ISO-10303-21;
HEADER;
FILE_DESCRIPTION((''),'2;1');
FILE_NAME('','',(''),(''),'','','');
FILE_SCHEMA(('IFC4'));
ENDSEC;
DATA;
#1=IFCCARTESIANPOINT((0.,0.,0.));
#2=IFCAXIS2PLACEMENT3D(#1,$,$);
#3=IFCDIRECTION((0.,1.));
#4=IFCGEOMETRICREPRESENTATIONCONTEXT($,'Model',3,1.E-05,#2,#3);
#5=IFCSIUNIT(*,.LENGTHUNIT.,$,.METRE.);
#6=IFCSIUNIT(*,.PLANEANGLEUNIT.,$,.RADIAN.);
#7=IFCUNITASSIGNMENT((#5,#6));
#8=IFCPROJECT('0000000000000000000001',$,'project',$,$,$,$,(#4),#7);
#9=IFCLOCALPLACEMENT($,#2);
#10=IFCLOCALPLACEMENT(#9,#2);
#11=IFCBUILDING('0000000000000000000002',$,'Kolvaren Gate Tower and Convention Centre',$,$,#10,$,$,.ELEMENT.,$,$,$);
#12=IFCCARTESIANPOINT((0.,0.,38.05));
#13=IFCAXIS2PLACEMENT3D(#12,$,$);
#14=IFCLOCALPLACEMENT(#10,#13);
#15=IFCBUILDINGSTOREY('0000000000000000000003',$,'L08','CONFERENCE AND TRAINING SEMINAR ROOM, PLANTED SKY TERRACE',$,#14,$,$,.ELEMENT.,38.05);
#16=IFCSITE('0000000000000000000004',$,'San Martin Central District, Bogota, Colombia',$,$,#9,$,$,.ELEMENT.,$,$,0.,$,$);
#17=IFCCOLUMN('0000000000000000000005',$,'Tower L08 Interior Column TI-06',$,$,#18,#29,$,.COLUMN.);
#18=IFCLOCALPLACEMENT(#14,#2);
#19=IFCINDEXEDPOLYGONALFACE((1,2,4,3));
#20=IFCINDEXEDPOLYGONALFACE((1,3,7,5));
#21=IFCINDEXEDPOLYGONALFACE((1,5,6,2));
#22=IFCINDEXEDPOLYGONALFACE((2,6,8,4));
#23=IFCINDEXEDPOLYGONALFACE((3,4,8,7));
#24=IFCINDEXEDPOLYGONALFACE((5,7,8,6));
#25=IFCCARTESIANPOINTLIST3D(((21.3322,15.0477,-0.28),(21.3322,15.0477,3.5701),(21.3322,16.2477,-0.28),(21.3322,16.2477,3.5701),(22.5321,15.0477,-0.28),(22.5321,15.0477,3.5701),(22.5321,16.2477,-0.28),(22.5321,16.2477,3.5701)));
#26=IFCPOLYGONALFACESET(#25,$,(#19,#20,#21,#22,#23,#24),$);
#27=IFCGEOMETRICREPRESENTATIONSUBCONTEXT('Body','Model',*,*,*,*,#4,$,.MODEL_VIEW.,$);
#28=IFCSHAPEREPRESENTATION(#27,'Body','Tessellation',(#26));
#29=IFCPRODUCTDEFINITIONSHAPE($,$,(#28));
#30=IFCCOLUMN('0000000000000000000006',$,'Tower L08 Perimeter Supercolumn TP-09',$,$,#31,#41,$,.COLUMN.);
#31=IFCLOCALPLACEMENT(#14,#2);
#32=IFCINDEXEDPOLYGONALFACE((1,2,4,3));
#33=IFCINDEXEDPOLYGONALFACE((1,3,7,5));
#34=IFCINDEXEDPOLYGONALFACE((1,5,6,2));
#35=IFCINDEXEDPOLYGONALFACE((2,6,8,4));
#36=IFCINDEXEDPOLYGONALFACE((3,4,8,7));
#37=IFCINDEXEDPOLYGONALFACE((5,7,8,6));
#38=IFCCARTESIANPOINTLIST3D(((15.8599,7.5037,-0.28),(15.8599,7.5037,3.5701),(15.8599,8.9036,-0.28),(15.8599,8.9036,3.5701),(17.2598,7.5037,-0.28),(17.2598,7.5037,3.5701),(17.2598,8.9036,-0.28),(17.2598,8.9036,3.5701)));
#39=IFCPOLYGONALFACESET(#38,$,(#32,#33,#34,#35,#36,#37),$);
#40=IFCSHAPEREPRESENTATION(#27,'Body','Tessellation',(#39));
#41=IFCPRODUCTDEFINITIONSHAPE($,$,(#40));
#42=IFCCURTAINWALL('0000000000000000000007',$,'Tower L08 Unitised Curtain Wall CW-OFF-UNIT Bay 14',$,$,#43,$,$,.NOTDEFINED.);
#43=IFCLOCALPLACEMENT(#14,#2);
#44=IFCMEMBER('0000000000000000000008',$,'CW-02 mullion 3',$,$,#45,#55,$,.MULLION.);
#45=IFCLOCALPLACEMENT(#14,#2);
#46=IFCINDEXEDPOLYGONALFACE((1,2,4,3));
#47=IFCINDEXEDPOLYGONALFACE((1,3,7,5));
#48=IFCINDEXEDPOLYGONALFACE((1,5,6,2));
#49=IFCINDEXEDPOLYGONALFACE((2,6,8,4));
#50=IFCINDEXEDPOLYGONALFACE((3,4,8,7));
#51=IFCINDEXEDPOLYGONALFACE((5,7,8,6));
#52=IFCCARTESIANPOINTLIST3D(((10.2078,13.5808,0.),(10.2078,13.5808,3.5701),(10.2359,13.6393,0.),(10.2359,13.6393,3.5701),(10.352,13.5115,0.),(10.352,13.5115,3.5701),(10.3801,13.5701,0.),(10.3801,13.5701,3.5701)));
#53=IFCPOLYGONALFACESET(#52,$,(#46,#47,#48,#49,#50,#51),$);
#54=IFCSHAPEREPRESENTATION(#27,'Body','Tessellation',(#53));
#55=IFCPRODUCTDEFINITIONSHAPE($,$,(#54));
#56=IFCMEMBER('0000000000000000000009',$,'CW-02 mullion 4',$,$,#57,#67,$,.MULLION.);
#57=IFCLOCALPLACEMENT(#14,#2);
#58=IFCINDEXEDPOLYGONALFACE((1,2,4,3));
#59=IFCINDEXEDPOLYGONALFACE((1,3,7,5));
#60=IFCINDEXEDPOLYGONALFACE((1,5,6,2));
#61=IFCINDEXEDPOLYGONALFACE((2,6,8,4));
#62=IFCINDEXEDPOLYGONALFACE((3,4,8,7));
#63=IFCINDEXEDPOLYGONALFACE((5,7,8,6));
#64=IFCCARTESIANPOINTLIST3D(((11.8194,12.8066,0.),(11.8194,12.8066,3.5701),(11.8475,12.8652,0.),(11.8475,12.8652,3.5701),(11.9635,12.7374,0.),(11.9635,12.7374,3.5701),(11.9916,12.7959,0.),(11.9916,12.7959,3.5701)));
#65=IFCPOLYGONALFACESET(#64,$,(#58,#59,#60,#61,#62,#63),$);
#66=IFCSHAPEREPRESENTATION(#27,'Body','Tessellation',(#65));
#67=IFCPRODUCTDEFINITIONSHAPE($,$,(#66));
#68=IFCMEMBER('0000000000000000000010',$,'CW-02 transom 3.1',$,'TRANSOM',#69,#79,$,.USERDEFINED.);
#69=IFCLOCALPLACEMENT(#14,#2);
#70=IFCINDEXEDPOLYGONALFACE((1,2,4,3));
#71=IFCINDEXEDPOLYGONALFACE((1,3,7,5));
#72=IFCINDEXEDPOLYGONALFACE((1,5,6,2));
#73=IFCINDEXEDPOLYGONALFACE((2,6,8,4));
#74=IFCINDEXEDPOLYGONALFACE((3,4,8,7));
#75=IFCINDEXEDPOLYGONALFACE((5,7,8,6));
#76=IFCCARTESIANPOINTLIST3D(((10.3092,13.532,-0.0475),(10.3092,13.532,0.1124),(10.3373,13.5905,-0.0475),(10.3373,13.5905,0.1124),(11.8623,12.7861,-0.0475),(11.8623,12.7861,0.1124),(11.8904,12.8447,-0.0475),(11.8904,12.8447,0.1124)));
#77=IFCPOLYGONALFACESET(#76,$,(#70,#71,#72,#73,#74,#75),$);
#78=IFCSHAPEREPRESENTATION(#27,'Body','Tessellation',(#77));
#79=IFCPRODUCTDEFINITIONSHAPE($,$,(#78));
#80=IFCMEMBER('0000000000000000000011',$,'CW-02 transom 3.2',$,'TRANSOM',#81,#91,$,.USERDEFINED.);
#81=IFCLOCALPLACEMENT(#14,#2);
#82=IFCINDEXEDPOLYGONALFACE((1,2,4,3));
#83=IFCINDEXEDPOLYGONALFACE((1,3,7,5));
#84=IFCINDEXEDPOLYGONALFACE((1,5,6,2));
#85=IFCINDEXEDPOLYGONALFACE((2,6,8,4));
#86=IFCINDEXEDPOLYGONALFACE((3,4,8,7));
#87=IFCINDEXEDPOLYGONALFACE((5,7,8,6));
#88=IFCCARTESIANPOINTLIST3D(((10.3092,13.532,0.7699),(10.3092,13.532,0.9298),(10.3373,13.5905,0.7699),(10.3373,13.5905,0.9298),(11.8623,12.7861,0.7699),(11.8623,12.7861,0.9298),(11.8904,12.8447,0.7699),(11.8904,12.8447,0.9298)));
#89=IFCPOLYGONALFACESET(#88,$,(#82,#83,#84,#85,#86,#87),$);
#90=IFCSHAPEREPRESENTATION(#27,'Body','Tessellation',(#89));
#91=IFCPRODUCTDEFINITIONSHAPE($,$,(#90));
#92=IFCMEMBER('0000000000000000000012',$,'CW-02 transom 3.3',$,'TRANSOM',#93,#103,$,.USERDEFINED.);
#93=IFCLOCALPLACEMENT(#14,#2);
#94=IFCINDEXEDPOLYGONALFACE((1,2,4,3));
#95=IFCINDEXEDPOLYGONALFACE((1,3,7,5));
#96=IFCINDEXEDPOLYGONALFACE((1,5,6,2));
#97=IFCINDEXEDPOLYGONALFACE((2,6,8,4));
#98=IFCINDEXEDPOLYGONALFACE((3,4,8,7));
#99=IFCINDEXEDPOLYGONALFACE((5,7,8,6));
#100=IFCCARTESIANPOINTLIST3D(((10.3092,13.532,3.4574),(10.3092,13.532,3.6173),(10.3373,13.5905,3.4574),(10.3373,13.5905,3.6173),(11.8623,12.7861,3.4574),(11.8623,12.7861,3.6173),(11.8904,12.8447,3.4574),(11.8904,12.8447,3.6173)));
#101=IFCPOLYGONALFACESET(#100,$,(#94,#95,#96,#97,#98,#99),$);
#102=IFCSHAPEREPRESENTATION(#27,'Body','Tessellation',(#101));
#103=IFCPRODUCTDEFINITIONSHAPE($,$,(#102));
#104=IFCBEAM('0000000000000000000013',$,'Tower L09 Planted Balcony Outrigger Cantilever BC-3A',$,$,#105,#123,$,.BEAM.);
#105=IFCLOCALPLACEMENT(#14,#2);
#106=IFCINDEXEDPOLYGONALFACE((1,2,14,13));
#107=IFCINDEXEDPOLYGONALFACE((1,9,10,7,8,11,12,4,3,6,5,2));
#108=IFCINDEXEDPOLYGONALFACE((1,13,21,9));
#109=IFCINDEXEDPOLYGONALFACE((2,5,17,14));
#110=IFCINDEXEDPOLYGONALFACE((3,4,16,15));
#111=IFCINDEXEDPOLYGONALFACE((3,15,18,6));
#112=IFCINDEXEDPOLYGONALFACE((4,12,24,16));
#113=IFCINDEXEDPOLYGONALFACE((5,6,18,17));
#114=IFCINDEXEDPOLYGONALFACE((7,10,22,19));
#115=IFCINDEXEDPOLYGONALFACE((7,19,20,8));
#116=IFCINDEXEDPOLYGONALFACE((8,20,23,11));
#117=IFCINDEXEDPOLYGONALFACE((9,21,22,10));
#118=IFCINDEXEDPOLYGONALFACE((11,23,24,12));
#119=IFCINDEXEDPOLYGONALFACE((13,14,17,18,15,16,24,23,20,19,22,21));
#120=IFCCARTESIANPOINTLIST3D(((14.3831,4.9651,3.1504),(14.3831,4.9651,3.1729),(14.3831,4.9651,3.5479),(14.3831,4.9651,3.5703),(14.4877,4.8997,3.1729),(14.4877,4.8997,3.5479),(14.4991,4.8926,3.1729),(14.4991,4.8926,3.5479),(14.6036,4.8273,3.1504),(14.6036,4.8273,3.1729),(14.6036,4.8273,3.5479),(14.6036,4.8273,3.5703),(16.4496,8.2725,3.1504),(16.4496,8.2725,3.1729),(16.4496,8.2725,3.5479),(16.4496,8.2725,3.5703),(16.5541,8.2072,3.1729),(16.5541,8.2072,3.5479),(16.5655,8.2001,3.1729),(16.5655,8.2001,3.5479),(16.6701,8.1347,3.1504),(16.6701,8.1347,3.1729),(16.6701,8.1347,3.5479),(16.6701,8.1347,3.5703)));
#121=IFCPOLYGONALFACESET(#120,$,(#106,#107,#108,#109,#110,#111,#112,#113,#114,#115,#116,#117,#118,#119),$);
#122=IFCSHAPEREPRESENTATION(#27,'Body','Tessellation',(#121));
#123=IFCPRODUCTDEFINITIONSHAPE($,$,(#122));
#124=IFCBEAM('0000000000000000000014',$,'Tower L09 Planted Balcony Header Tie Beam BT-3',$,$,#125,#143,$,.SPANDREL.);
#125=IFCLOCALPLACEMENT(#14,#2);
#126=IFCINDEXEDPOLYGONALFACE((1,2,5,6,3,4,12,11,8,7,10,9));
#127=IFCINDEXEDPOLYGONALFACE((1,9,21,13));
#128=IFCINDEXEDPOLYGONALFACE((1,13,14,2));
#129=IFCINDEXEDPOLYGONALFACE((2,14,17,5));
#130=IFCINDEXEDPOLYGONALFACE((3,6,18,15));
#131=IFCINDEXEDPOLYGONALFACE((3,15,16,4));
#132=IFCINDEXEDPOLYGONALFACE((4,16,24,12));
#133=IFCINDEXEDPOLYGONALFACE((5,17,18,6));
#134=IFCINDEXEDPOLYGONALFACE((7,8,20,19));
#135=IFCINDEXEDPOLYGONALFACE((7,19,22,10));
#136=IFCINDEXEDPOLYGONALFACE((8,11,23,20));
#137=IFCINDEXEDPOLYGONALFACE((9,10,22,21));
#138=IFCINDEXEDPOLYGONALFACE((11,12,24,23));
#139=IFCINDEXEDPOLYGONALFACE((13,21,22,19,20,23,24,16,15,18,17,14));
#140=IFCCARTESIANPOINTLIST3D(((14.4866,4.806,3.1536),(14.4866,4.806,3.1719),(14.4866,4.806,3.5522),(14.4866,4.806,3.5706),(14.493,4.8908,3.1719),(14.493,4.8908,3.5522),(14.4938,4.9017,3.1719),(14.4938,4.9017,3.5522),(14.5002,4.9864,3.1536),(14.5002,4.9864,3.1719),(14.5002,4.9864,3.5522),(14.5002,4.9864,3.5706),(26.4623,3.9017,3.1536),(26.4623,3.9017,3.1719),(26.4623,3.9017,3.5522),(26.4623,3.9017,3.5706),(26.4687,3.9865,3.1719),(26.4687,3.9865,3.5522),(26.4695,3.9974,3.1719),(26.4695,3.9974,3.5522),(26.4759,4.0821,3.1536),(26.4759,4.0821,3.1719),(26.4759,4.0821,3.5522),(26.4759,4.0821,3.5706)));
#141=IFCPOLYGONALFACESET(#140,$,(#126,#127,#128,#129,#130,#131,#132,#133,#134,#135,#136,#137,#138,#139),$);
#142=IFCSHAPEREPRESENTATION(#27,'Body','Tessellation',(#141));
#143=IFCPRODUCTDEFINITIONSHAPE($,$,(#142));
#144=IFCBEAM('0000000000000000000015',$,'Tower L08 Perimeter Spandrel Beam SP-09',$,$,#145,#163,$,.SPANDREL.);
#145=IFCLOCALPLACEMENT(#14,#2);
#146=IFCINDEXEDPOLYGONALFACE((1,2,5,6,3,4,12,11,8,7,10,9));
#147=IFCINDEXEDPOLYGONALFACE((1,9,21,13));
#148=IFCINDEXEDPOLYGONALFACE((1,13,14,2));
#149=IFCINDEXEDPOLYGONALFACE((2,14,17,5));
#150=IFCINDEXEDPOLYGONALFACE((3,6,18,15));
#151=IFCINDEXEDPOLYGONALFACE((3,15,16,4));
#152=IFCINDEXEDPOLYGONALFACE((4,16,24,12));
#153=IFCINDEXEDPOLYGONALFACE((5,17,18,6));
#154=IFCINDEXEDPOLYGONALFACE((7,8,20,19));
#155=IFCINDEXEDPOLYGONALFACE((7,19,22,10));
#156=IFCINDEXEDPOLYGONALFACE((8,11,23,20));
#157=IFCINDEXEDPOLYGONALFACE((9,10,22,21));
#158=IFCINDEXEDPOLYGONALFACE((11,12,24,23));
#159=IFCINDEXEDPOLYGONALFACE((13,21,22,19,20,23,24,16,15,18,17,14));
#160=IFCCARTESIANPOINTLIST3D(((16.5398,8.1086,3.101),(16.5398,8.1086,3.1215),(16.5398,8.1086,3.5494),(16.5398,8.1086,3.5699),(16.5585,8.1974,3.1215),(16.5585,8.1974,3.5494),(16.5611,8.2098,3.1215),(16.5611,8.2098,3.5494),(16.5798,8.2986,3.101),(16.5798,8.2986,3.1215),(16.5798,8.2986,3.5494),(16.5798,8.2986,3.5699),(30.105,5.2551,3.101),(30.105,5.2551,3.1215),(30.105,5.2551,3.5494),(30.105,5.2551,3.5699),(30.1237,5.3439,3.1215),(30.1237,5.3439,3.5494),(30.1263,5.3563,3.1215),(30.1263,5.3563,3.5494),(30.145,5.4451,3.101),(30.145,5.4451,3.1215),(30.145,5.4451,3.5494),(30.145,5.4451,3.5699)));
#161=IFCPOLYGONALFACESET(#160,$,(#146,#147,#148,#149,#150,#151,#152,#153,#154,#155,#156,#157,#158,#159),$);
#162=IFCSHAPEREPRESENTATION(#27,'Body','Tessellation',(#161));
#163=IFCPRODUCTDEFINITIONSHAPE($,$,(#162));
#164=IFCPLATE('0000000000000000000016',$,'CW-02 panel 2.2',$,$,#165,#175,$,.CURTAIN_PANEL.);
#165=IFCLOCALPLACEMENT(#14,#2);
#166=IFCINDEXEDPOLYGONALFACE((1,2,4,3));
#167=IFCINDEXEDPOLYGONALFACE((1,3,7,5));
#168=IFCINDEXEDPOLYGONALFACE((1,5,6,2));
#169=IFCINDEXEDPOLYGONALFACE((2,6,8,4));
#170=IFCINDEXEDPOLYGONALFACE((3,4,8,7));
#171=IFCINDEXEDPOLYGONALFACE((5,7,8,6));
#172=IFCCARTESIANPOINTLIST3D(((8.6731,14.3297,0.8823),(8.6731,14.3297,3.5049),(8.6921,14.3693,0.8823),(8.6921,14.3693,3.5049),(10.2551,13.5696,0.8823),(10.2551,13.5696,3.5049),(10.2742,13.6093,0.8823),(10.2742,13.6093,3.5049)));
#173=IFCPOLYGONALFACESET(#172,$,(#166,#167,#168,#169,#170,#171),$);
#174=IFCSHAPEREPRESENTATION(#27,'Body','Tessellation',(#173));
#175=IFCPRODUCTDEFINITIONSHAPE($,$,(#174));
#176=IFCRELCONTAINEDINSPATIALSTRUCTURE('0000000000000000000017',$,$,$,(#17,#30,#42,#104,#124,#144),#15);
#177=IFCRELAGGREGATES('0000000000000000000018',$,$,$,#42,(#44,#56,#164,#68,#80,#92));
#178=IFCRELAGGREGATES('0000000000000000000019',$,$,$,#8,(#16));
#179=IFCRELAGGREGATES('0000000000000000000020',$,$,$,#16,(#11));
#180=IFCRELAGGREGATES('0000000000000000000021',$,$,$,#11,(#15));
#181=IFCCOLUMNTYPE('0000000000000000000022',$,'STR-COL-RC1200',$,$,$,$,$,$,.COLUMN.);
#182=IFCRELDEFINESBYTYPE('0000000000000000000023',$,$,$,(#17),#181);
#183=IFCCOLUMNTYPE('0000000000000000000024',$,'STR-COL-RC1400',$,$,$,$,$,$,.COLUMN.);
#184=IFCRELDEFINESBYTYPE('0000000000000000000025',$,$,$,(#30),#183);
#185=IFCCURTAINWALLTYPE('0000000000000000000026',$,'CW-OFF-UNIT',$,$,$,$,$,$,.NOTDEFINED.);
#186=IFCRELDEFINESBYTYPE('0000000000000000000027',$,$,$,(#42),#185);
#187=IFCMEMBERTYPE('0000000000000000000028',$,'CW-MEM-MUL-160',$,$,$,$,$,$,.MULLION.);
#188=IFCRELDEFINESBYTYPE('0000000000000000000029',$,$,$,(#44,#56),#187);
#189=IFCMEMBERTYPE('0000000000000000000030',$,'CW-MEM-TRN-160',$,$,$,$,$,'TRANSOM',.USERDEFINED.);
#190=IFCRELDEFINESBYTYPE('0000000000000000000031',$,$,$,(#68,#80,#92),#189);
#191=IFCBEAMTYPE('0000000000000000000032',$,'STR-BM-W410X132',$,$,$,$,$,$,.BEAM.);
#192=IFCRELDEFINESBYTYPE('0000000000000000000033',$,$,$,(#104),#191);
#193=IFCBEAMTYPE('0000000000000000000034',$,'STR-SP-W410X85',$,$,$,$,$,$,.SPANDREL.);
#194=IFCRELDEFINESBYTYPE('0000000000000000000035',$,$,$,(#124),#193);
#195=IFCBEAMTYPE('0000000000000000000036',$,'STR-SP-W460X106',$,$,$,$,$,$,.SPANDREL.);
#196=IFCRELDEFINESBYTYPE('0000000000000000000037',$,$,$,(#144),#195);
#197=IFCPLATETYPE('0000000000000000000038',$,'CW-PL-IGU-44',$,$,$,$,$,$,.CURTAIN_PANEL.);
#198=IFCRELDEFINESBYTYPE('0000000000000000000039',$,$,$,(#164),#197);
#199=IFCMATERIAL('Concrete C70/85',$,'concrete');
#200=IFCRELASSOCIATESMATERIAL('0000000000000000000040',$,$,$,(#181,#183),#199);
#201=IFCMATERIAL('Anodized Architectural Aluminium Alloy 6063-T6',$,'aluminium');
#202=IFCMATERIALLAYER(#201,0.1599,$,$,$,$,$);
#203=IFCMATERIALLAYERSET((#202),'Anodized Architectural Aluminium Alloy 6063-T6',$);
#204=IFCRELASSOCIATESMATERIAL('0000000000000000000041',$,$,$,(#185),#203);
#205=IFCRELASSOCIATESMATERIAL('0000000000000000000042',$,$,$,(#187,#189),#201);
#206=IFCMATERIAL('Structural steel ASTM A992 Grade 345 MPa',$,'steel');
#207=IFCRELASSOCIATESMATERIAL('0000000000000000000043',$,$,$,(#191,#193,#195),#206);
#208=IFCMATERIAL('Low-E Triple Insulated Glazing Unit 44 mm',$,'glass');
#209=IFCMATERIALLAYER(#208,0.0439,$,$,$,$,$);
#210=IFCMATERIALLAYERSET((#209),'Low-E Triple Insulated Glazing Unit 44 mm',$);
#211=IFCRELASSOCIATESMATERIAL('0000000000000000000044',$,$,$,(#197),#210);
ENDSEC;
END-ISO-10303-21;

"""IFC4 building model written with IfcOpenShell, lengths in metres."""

from ifc_helpers import new_model, si_unit, direction, frame, origin, origin_2d, place, context, subcontext, project, spatial, rectangle, i_section, extrude, material, layer, layer_set, material_profile, profile_set, type_object, element, aggregate, save


model = new_model("IFC4")

# Units and contexts
model_context = context("Model", 3, precision=1e-05, world=origin(), true_north=direction((0.0, 1.0)))
body_context = subcontext(model_context, "Body", "Model", "MODEL_VIEW")
ifc_project = project(units=[si_unit("LENGTHUNIT", "METRE"), si_unit("PLANEANGLEUNIT", "RADIAN")], contexts=[model_context])

# Site, building, storey
site_placement = place(None, origin())
site = spatial("IfcSite", under=ifc_project, at=site_placement, Name="San Martin Central District, Bogota, Colombia", CompositionType="ELEMENT", RefElevation=0.0)
building_placement = place(site_placement, origin())
building = spatial("IfcBuilding", under=site, at=building_placement, Name="Kolvaren Gate Tower and Convention Centre", CompositionType="ELEMENT")
storey_placement = place(building_placement, frame((0.0, 0.0, 38.05)))
storey = spatial("IfcBuildingStorey", under=building, at=storey_placement, Name="L08", Description="CONFERENCE AND TRAINING SEMINAR ROOM, PLANTED SKY TERRACE", CompositionType="ELEMENT", Elevation=38.05)

# Columns
ifc_material_1 = material(Name="Concrete C70/85", Category="concrete")
ifc_material_profile_1 = material_profile(ifc_material_1, rectangle(XDim=1.2, YDim=1.2, at=origin_2d()), Name="RC-COL-1200X1200")
ifc_profile_set_1 = profile_set([ifc_material_profile_1], Name="Concrete C70/85")
column_type_1 = type_object("IfcColumnType", Name="STR-COL-RC1200", PredefinedType="COLUMN", material=ifc_profile_set_1)
column_1_placement = place(storey_placement, frame((21.9321, 15.6477, -0.28), z_axis=(0.0, 0.0, 1.0), x_axis=(1.0, 0.0, 0.0)))
element("IfcColumn", 1, at=column_1_placement, inside=storey, type_object=column_type_1, Name="Tower L08 Interior Column TI-06", PredefinedType="COLUMN", context=body_context, shape_type="SweptSolid", body=[
    extrude(rectangle(XDim=1.2, YDim=1.2, at=origin_2d()), origin(), (0.0, 0.0, 1.0), 3.8501),
])
ifc_material_profile_2 = material_profile(ifc_material_1, rectangle(XDim=1.3999, YDim=1.3999, at=origin_2d()), Name="RC-COL-1400X1400")
ifc_profile_set_2 = profile_set([ifc_material_profile_2], Name="Concrete C70/85")
column_type_2 = type_object("IfcColumnType", Name="STR-COL-RC1400", PredefinedType="COLUMN", material=ifc_profile_set_2)
column_2_placement = place(storey_placement, frame((16.5598, 8.2036, -0.28), z_axis=(0.0, 0.0, 1.0), x_axis=(1.0, 0.0, 0.0)))
element("IfcColumn", 2, at=column_2_placement, inside=storey, type_object=column_type_2, Name="Tower L08 Perimeter Supercolumn TP-09", PredefinedType="COLUMN", context=body_context, shape_type="SweptSolid", body=[
    extrude(rectangle(XDim=1.3999, YDim=1.3999, at=origin_2d()), origin(), (0.0, 0.0, 1.0), 3.8501),
])

# Curtain wall, members
ifc_material_2 = material(Name="Anodized Architectural Aluminium Alloy 6063-T6", Category="aluminium")
ifc_layer_1 = layer(ifc_material_2, 0.1599)
ifc_layer_set_1 = layer_set([ifc_layer_1], Name="Anodized Architectural Aluminium Alloy 6063-T6")
curtain_wall_type = type_object("IfcCurtainWallType", Name="CW-OFF-UNIT", PredefinedType="NOTDEFINED", material=ifc_layer_set_1)
curtain_wall_placement = place(storey_placement, origin())
curtain_wall = element("IfcCurtainWall", 3, at=curtain_wall_placement, inside=storey, type_object=curtain_wall_type, Name="Tower L08 Unitised Curtain Wall CW-OFF-UNIT Bay 14", PredefinedType="NOTDEFINED")
ifc_material_profile_3 = material_profile(ifc_material_2, rectangle(XDim=0.0649, YDim=0.1599, at=origin_2d()), Name="CW-MEM-MUL-160")
ifc_profile_set_3 = profile_set([ifc_material_profile_3], Name="Anodized Architectural Aluminium Alloy 6063-T6")
member_type_1 = type_object("IfcMemberType", Name="CW-MEM-MUL-160", PredefinedType="MULLION", material=ifc_profile_set_3)
member_1_placement = place(storey_placement, frame((10.2939, 13.5754, 0.0), z_axis=(0.0, 0.0, 1.0), x_axis=(0.433057, 0.901367, 0.0)))
member_1 = element("IfcMember", 4, at=member_1_placement, type_object=member_type_1, Name="CW-02 mullion 3", PredefinedType="MULLION", context=body_context, shape_type="SweptSolid", body=[
    extrude(rectangle(XDim=0.0649, YDim=0.1599, at=origin_2d()), origin(), (0.0, 0.0, 1.0), 3.5701),
])
member_2_placement = place(storey_placement, frame((11.9055, 12.8013, 0.0), z_axis=(0.0, 0.0, 1.0), x_axis=(0.433057, 0.901367, 0.0)))
member_2 = element("IfcMember", 5, at=member_2_placement, type_object=member_type_1, Name="CW-02 mullion 4", PredefinedType="MULLION", context=body_context, shape_type="SweptSolid", body=[
    extrude(rectangle(XDim=0.0649, YDim=0.1599, at=origin_2d()), origin(), (0.0, 0.0, 1.0), 3.5701),
])
ifc_material_profile_4 = material_profile(ifc_material_2, rectangle(XDim=0.0649, YDim=0.1599, at=origin_2d()), Name="CW-MEM-TRN-160")
ifc_profile_set_4 = profile_set([ifc_material_profile_4], Name="Anodized Architectural Aluminium Alloy 6063-T6")
member_type_2 = type_object("IfcMemberType", Name="CW-MEM-TRN-160", ElementType="TRANSOM", PredefinedType="USERDEFINED", material=ifc_profile_set_4)
member_3_placement = place(storey_placement, frame((10.3232, 13.5613, 0.0325), z_axis=(0.901428, -0.432929, 0.0), x_axis=(0.432929, 0.901428, 0.0)))
member_3 = element("IfcMember", 6, at=member_3_placement, type_object=member_type_2, Name="CW-02 transom 3.1", ObjectType="TRANSOM", PredefinedType="USERDEFINED", context=body_context, shape_type="SweptSolid", body=[
    extrude(rectangle(XDim=0.0649, YDim=0.1599, at=origin_2d()), origin(), (0.0, 0.0, 1.0), 1.7229),
])
member_4_placement = place(storey_placement, frame((10.3232, 13.5613, 0.8499), z_axis=(0.901428, -0.432929, 0.0), x_axis=(0.432929, 0.901428, 0.0)))
member_4 = element("IfcMember", 7, at=member_4_placement, type_object=member_type_2, Name="CW-02 transom 3.2", ObjectType="TRANSOM", PredefinedType="USERDEFINED", context=body_context, shape_type="SweptSolid", body=[
    extrude(rectangle(XDim=0.0649, YDim=0.1599, at=origin_2d()), origin(), (0.0, 0.0, 1.0), 1.7229),
])
member_5_placement = place(storey_placement, frame((10.3232, 13.5613, 3.5374), z_axis=(0.901428, -0.432929, 0.0), x_axis=(0.432929, 0.901428, 0.0)))
member_5 = element("IfcMember", 8, at=member_5_placement, type_object=member_type_2, Name="CW-02 transom 3.3", ObjectType="TRANSOM", PredefinedType="USERDEFINED", context=body_context, shape_type="SweptSolid", body=[
    extrude(rectangle(XDim=0.0649, YDim=0.1599, at=origin_2d()), origin(), (0.0, 0.0, 1.0), 1.7229),
])

# Beams
ifc_material_3 = material(Name="Structural steel ASTM A992 Grade 345 MPa", Category="steel")
ifc_material_profile_5 = material_profile(ifc_material_3, i_section(OverallWidth=0.26, OverallDepth=0.4199, WebThickness=0.0134, FlangeThickness=0.0225, at=origin_2d()), Name="W410X132")
ifc_profile_set_5 = profile_set([ifc_material_profile_5], Name="Structural steel ASTM A992 Grade 345 MPa")
beam_type_1 = type_object("IfcBeamType", Name="STR-BM-W410X132", PredefinedType="BEAM", material=ifc_profile_set_5)
beam_1_placement = place(storey_placement, frame((16.5598, 8.2036, 3.3604), z_axis=(-0.52987, -0.848079, 0.0), x_axis=(0.848079, -0.52987, 0.0)))
element("IfcBeam", 9, at=beam_1_placement, inside=storey, type_object=beam_type_1, Name="Tower L09 Planted Balcony Outrigger Cantilever BC-3A", PredefinedType="BEAM", context=body_context, shape_type="SweptSolid", body=[
    extrude(i_section(OverallWidth=0.26, OverallDepth=0.4199, WebThickness=0.0134, FlangeThickness=0.0225, at=origin_2d()), origin(), (0.0, 0.0, 1.0), 3.8999),
])
ifc_material_profile_6 = material_profile(ifc_material_3, i_section(OverallWidth=0.1809, OverallDepth=0.417, WebThickness=0.011, FlangeThickness=0.0183, at=origin_2d()), Name="W410X85")
ifc_profile_set_6 = profile_set([ifc_material_profile_6], Name="Structural steel ASTM A992 Grade 345 MPa")
beam_type_2 = type_object("IfcBeamType", Name="STR-SP-W410X85", PredefinedType="SPANDREL", material=ifc_profile_set_6)
beam_2_placement = place(storey_placement, frame((14.4934, 4.8962, 3.3621), z_axis=(0.997161, -0.075297, 0.0), x_axis=(0.075297, 0.997161, 0.0)))
element("IfcBeam", 10, at=beam_2_placement, inside=storey, type_object=beam_type_2, Name="Tower L09 Planted Balcony Header Tie Beam BT-3", PredefinedType="SPANDREL", context=body_context, shape_type="SweptSolid", body=[
    extrude(i_section(OverallWidth=0.1809, OverallDepth=0.417, WebThickness=0.011, FlangeThickness=0.0183, at=origin_2d()), origin(), (0.0, 0.0, 1.0), 12.0098),
])
ifc_material_profile_7 = material_profile(ifc_material_3, i_section(OverallWidth=0.1941, OverallDepth=0.469, WebThickness=0.0127, FlangeThickness=0.0205, at=origin_2d()), Name="W460X106")
ifc_profile_set_7 = profile_set([ifc_material_profile_7], Name="Structural steel ASTM A992 Grade 345 MPa")
beam_type_3 = type_object("IfcBeamType", Name="STR-SP-W460X106", PredefinedType="SPANDREL", material=ifc_profile_set_7)
beam_3_placement = place(storey_placement, frame((16.5598, 8.2036, 3.3354), z_axis=(0.978583, -0.205851, 0.0), x_axis=(0.205851, 0.978583, 0.0)))
element("IfcBeam", 11, at=beam_3_placement, inside=storey, type_object=beam_type_3, Name="Tower L08 Perimeter Spandrel Beam SP-09", PredefinedType="SPANDREL", context=body_context, shape_type="SweptSolid", body=[
    extrude(i_section(OverallWidth=0.1941, OverallDepth=0.469, WebThickness=0.0127, FlangeThickness=0.0205, at=origin_2d()), origin(), (0.0, 0.0, 1.0), 13.8621),
])

# Plate
ifc_material_4 = material(Name="Low-E Triple Insulated Glazing Unit 44 mm", Category="glass")
ifc_layer_2 = layer(ifc_material_4, 0.0439)
ifc_layer_set_2 = layer_set([ifc_layer_2], Name="Low-E Triple Insulated Glazing Unit 44 mm")
plate_type_1 = type_object("IfcPlateType", Name="CW-PL-IGU-44", PredefinedType="CURTAIN_PANEL", material=ifc_layer_set_2)
plate_1_placement = place(storey_placement, frame((9.4736, 13.9695, 0.8823), z_axis=(0.0, 0.0, 1.0), x_axis=(0.901367, -0.433057, 0.0)))
plate_1 = element("IfcPlate", 12, at=plate_1_placement, type_object=plate_type_1, Name="CW-02 panel 2.2", PredefinedType="CURTAIN_PANEL", context=body_context, shape_type="SweptSolid", body=[
    extrude(rectangle(XDim=1.7551, YDim=0.0439, at=origin_2d()), origin(), (0.0, 0.0, 1.0), 2.6226),
])
aggregate(curtain_wall, [member_1, member_2, plate_1, member_3, member_4, member_5])

save(model, "model.ifc")
